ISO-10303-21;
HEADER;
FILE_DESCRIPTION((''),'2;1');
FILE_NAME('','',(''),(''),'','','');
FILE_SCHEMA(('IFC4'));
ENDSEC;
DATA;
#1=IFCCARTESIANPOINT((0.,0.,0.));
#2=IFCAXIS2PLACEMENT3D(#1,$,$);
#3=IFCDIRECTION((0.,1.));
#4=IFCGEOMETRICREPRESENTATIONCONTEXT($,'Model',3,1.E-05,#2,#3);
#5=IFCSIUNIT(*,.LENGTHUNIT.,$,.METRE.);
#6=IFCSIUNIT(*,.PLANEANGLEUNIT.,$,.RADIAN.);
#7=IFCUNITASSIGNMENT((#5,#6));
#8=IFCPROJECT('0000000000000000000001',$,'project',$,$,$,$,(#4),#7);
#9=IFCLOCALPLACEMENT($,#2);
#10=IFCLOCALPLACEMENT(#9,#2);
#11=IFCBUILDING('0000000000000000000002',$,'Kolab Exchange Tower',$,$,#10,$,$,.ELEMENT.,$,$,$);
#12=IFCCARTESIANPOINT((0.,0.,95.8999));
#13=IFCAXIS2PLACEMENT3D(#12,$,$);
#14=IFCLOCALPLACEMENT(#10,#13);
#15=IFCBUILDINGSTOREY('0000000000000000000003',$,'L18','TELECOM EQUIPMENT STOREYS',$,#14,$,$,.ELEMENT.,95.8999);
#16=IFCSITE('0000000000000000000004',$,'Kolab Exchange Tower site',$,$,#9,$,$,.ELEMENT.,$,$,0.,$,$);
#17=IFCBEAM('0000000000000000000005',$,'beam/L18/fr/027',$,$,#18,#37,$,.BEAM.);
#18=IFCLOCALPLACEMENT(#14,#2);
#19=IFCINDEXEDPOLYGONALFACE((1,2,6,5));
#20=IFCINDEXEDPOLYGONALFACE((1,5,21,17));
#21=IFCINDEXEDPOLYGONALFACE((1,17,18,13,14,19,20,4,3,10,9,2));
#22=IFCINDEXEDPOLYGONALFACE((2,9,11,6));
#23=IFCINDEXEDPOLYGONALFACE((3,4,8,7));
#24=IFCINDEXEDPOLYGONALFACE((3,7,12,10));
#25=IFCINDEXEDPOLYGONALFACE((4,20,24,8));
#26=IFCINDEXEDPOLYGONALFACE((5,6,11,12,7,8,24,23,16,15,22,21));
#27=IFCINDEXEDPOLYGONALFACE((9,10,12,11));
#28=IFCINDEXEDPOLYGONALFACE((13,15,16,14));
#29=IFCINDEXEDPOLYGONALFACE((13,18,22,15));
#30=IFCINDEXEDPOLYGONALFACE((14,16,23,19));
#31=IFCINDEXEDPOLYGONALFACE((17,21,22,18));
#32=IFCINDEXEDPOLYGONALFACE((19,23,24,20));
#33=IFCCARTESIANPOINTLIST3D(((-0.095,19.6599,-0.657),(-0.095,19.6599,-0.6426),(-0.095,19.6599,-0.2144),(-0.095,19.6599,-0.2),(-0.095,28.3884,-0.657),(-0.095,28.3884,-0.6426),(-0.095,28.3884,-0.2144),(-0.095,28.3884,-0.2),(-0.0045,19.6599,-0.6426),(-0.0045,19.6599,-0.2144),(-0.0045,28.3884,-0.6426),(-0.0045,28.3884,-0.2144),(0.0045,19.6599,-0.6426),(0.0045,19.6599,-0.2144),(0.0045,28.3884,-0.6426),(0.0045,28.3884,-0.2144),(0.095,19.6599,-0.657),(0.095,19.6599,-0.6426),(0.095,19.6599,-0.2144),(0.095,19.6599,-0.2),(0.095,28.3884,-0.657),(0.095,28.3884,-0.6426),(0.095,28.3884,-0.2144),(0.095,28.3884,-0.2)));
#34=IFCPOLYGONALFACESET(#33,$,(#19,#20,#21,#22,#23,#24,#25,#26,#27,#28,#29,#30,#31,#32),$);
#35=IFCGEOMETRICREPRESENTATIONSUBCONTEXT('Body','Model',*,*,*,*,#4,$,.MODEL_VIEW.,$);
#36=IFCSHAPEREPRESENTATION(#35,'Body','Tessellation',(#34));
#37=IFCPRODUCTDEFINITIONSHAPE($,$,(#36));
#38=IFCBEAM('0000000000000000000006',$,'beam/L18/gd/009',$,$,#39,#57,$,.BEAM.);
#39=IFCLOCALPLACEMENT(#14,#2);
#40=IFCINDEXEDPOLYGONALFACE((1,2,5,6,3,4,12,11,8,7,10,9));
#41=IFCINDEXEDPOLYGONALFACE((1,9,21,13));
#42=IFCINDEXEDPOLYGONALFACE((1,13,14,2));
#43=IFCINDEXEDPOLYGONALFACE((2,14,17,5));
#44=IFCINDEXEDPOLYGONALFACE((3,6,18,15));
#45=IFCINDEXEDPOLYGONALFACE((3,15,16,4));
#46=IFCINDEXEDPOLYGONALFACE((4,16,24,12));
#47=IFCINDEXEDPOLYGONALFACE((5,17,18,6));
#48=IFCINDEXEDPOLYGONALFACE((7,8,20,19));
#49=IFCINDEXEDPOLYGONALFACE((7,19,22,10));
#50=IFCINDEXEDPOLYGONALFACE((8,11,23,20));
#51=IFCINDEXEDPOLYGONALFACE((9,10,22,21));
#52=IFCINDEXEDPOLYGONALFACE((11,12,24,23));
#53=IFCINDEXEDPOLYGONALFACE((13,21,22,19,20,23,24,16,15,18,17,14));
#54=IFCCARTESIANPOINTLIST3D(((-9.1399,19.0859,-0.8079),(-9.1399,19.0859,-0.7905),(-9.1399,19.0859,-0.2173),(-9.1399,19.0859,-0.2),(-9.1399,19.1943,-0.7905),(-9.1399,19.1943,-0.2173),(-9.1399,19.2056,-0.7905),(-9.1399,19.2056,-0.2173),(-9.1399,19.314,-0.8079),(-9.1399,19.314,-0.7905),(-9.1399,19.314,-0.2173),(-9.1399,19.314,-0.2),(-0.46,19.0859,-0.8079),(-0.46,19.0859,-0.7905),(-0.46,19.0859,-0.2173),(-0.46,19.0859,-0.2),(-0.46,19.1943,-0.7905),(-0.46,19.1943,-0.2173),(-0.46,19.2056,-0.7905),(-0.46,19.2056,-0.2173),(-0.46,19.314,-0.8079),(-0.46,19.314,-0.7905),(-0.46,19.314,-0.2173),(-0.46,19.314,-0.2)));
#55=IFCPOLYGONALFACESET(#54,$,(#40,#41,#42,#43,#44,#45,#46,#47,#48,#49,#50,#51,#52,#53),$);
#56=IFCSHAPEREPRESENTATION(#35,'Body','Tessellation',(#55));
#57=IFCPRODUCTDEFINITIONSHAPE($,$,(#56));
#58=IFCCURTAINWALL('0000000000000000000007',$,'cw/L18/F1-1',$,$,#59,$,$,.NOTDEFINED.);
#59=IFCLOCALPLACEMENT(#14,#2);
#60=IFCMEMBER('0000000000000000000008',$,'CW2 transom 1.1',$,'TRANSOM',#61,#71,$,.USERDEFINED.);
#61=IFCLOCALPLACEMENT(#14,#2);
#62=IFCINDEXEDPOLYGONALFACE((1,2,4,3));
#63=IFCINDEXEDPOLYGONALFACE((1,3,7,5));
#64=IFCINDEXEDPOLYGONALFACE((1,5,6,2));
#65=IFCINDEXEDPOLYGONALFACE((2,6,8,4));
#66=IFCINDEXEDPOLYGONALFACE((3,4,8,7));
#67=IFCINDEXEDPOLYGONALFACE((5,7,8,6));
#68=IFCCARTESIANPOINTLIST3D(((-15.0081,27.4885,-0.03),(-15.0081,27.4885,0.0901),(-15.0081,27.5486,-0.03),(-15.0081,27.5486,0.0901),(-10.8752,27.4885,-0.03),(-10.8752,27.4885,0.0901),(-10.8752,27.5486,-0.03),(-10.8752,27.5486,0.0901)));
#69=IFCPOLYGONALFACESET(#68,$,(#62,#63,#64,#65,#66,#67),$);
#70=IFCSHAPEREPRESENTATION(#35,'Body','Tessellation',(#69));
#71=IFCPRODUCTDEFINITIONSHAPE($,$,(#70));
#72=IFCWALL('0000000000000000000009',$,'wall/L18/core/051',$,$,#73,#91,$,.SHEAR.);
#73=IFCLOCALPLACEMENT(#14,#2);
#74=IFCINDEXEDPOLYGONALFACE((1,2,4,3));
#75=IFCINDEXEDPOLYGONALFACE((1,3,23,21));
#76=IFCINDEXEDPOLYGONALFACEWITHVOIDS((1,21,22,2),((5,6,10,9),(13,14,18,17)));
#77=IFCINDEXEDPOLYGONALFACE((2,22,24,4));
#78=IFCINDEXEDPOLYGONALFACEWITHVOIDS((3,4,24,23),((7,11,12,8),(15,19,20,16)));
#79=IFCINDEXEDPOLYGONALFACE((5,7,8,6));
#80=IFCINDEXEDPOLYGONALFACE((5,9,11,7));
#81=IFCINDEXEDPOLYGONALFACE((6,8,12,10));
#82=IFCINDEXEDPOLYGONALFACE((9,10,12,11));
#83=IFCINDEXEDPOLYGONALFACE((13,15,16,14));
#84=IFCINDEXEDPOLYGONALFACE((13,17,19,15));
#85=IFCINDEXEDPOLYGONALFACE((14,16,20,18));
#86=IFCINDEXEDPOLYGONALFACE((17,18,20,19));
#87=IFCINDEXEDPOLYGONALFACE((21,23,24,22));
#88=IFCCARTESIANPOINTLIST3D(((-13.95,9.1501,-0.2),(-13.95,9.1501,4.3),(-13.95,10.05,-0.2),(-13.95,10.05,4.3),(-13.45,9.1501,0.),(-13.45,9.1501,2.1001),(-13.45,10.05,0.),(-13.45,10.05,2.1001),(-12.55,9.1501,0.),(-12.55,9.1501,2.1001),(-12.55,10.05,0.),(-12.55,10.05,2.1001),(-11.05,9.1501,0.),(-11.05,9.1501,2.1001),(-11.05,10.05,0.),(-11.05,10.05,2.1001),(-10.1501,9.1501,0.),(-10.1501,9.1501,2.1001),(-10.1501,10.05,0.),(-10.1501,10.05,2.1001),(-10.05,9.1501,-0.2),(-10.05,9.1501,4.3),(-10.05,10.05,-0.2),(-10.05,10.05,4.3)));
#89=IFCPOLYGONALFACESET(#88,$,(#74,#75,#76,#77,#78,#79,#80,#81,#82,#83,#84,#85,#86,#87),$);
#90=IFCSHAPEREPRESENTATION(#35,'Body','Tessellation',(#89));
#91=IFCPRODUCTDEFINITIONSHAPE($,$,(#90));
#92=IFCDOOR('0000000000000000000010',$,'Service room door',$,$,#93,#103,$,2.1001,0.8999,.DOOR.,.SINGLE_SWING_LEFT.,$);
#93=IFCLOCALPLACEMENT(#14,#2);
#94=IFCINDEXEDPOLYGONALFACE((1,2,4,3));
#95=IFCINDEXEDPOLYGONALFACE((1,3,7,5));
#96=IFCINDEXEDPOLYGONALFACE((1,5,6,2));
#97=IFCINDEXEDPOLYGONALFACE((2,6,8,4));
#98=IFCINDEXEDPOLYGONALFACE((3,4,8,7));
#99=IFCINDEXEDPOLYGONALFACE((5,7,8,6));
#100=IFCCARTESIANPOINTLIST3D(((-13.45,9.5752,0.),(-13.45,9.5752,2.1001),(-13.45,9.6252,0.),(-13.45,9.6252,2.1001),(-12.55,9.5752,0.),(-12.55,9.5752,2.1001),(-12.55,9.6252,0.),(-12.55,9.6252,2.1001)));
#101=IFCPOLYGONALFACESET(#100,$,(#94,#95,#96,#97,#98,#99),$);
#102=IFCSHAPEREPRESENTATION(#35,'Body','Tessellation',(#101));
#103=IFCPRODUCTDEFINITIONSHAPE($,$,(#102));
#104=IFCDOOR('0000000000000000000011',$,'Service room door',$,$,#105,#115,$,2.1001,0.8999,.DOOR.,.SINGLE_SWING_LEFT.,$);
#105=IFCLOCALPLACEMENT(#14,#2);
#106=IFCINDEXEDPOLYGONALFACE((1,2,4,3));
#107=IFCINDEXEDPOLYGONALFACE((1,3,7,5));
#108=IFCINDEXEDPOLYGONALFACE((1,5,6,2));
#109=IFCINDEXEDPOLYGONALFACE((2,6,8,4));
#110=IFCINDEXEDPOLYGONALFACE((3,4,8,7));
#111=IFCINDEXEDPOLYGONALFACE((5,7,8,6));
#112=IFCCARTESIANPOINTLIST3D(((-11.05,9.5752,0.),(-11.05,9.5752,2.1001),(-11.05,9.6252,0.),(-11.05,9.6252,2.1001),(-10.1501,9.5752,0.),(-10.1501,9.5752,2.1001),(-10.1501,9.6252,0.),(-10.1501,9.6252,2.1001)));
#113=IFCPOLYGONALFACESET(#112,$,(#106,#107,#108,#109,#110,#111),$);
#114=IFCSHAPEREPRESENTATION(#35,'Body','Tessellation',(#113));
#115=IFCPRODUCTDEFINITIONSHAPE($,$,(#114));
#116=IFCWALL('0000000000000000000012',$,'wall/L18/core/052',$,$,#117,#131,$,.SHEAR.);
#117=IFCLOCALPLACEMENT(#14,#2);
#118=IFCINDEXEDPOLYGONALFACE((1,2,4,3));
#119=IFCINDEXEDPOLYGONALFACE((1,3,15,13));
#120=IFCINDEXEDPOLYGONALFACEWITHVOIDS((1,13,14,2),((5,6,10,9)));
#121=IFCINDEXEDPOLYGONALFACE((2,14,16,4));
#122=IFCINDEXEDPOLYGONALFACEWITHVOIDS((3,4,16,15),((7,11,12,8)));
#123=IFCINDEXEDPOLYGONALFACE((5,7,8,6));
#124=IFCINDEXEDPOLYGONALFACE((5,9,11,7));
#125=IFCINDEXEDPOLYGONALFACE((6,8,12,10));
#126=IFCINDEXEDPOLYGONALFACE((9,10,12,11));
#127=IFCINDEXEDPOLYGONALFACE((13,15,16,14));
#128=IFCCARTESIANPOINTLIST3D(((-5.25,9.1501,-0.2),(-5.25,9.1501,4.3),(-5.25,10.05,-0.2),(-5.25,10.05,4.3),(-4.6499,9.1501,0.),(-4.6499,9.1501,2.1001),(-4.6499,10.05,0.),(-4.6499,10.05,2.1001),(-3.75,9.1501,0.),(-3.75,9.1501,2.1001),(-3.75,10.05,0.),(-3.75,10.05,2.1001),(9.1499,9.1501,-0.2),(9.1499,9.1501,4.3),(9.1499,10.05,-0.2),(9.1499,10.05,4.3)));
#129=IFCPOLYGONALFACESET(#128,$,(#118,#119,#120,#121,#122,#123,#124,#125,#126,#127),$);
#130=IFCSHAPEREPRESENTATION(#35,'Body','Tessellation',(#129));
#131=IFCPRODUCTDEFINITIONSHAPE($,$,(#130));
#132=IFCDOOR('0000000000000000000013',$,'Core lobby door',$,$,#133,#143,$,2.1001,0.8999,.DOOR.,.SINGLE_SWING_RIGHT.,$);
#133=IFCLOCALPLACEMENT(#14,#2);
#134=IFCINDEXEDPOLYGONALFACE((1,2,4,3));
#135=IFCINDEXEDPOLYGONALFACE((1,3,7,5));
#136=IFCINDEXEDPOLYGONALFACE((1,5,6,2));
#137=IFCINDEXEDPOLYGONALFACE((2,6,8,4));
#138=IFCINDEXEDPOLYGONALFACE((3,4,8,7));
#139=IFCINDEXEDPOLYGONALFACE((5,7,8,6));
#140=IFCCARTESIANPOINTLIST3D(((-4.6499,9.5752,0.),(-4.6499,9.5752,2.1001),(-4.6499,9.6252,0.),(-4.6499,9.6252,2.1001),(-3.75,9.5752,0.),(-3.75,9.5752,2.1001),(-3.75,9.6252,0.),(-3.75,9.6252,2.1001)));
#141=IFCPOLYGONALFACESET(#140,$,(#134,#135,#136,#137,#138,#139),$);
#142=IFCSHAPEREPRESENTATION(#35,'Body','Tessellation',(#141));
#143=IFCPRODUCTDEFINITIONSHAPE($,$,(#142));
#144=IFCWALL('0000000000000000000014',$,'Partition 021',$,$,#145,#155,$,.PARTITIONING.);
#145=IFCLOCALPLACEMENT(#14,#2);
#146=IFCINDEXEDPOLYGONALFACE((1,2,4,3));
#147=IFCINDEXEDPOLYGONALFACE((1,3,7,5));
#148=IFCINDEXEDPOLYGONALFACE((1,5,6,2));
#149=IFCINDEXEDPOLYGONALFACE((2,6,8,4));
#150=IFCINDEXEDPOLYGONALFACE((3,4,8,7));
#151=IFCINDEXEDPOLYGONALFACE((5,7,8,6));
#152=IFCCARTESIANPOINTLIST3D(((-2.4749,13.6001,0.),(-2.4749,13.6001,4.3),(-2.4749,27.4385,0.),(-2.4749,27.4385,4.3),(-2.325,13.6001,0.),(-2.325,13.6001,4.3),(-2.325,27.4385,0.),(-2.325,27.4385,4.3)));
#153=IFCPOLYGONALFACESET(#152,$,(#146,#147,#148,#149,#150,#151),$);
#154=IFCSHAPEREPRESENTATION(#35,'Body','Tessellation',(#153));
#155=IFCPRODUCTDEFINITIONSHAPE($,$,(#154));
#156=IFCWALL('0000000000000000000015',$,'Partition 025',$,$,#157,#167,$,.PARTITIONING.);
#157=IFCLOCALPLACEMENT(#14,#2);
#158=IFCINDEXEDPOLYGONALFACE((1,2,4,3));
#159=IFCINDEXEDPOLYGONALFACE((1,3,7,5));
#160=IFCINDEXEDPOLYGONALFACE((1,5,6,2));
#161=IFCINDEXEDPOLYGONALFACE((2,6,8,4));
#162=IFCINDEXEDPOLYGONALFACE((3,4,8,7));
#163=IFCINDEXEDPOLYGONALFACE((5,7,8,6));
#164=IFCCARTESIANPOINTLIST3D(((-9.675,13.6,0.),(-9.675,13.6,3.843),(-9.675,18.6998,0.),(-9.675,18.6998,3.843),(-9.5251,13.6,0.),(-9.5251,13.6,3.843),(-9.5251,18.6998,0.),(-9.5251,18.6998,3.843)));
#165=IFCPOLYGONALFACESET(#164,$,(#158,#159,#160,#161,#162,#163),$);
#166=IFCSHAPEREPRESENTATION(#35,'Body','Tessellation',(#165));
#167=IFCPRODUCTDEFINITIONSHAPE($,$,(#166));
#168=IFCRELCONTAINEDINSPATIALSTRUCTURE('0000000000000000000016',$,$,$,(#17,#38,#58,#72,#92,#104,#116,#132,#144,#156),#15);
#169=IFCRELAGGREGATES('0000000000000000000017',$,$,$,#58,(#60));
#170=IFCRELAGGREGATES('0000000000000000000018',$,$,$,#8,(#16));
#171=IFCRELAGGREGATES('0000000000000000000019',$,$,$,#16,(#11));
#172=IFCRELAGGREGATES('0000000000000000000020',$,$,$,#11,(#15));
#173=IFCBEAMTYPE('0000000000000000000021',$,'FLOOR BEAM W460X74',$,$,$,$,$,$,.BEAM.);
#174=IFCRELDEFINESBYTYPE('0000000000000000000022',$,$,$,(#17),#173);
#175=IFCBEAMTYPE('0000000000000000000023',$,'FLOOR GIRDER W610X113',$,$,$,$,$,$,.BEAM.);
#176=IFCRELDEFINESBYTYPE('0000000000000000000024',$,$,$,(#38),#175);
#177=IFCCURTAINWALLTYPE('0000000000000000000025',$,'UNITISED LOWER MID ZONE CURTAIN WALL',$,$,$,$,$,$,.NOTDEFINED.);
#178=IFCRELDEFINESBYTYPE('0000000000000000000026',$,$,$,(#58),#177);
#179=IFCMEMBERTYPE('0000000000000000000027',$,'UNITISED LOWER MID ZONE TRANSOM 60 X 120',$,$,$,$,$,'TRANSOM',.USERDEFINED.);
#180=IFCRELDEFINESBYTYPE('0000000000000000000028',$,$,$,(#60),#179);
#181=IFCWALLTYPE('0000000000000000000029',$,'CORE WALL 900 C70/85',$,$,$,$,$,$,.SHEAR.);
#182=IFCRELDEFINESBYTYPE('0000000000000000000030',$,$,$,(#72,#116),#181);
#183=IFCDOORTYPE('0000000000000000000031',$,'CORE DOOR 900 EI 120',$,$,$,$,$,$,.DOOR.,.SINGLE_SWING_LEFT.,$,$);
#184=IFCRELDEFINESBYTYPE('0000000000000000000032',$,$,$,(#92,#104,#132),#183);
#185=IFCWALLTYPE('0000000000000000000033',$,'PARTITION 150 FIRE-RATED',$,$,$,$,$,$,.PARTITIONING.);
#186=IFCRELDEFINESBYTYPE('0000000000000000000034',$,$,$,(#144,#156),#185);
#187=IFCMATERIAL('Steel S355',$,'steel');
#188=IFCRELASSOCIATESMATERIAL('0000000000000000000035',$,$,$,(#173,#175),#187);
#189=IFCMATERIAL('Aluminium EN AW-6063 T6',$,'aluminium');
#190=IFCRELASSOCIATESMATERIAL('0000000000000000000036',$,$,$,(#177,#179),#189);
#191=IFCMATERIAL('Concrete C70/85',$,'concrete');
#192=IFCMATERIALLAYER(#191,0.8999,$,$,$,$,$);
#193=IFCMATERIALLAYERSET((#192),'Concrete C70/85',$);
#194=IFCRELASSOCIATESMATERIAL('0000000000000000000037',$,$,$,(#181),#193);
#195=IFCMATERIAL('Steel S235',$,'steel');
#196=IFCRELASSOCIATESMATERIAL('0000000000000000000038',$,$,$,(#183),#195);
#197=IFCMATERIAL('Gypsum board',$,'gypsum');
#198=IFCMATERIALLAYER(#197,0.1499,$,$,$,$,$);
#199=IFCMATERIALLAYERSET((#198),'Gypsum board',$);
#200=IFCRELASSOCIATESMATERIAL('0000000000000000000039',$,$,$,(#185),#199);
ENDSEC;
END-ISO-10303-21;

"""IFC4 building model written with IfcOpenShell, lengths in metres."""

from ifc_helpers import new_model, si_unit, direction, frame, frame_2d, origin, origin_2d, place, context, subcontext, project, spatial, rectangle, i_section, extrude, material, layer, layer_set, material_profile, profile_set, type_object, element, fill, aggregate, save


model = new_model("IFC4")

# Units and contexts
model_context = context("Model", 3, precision=1e-05, world=origin(), true_north=direction((0.0, 1.0)))
body_context = subcontext(model_context, "Body", "Model", "MODEL_VIEW")
ifc_project = project(units=[si_unit("LENGTHUNIT", "METRE"), si_unit("PLANEANGLEUNIT", "RADIAN")], contexts=[model_context])

# Site, building, storey
site_placement = place(None, origin())
site = spatial("IfcSite", under=ifc_project, at=site_placement, Name="Kolab Exchange Tower site", CompositionType="ELEMENT", RefElevation=0.0)
building_placement = place(site_placement, origin())
building = spatial("IfcBuilding", under=site, at=building_placement, Name="Kolab Exchange Tower", CompositionType="ELEMENT")
storey_placement = place(building_placement, frame((0.0, 0.0, 95.8999)))
storey = spatial("IfcBuildingStorey", under=building, at=storey_placement, Name="L18", Description="TELECOM EQUIPMENT STOREYS", CompositionType="ELEMENT", Elevation=95.8999)

# Shared definitions
ifc_material_1 = material(Name="Concrete C70/85", Category="concrete")

# Beams
ifc_material_2 = material(Name="Steel S355", Category="steel")
ifc_material_profile_1 = material_profile(ifc_material_2, i_section(OverallWidth=0.1899, OverallDepth=0.457, WebThickness=0.009, FlangeThickness=0.0144, at=origin_2d()), Name="W460X74")
ifc_profile_set_1 = profile_set([ifc_material_profile_1], Name="Steel S355")
beam_type_1 = type_object("IfcBeamType", Name="FLOOR BEAM W460X74", PredefinedType="BEAM", material=ifc_profile_set_1)
beam_1_placement = place(storey_placement, frame((0.0, 19.6599, -0.4285), z_axis=(0.0, 1.0, 0.0), x_axis=(-1.0, 0.0, 0.0)))
element("IfcBeam", 1, at=beam_1_placement, inside=storey, type_object=beam_type_1, Name="beam/L18/fr/027", PredefinedType="BEAM", context=body_context, shape_type="SweptSolid", body=[
    extrude(i_section(OverallWidth=0.1899, OverallDepth=0.457, WebThickness=0.009, FlangeThickness=0.0144, at=origin_2d()), origin(), (0.0, 0.0, 1.0), 8.7285),
])
ifc_material_profile_2 = material_profile(ifc_material_2, i_section(OverallWidth=0.228, OverallDepth=0.6079, WebThickness=0.0112, FlangeThickness=0.0173, at=origin_2d()), Name="W610X113")
ifc_profile_set_2 = profile_set([ifc_material_profile_2], Name="Steel S355")
beam_type_2 = type_object("IfcBeamType", Name="FLOOR GIRDER W610X113", PredefinedType="BEAM", material=ifc_profile_set_2)
beam_2_placement = place(storey_placement, frame((-9.1399, 19.2, -0.5039), z_axis=(1.0, 0.0, 0.0), x_axis=(0.0, 1.0, 0.0)))
element("IfcBeam", 2, at=beam_2_placement, inside=storey, type_object=beam_type_2, Name="beam/L18/gd/009", PredefinedType="BEAM", context=body_context, shape_type="SweptSolid", body=[
    extrude(i_section(OverallWidth=0.228, OverallDepth=0.6079, WebThickness=0.0112, FlangeThickness=0.0173, at=origin_2d()), origin(), (0.0, 0.0, 1.0), 8.6799),
])

# Curtain wall, member
ifc_material_3 = material(Name="Aluminium EN AW-6063 T6", Category="aluminium")
curtain_wall_type = type_object("IfcCurtainWallType", Name="UNITISED LOWER MID ZONE CURTAIN WALL", PredefinedType="NOTDEFINED", material=ifc_material_3)
curtain_wall_placement = place(storey_placement, origin())
curtain_wall = element("IfcCurtainWall", 3, at=curtain_wall_placement, inside=storey, type_object=curtain_wall_type, Name="cw/L18/F1-1", PredefinedType="NOTDEFINED")
ifc_material_profile_3 = material_profile(ifc_material_3, rectangle(XDim=0.0601, YDim=0.1201, at=origin_2d()), Name="RECT 60X120")
ifc_profile_set_3 = profile_set([ifc_material_profile_3], Name="Aluminium EN AW-6063 T6")
member_type = type_object("IfcMemberType", Name="UNITISED LOWER MID ZONE TRANSOM 60 X 120", ElementType="TRANSOM", PredefinedType="USERDEFINED", material=ifc_profile_set_3)
member_placement = place(storey_placement, frame((-15.0081, 27.5186, 0.03), z_axis=(1.0, 0.0, 0.0), x_axis=(0.0, 1.0, 0.0)))
member = element("IfcMember", 4, at=member_placement, type_object=member_type, Name="CW2 transom 1.1", ObjectType="TRANSOM", PredefinedType="USERDEFINED", context=body_context, shape_type="SweptSolid", body=[
    extrude(rectangle(XDim=0.0601, YDim=0.1201, at=origin_2d()), origin(), (0.0, 0.0, 1.0), 4.1328),
])
aggregate(curtain_wall, [member])

# Wall, openings, doors
ifc_layer_1 = layer(ifc_material_1, 0.8999)
ifc_layer_set_1 = layer_set([ifc_layer_1], Name="Concrete C70/85")
wall_type_1 = type_object("IfcWallType", Name="CORE WALL 900 C70/85", PredefinedType="SHEAR", material=ifc_layer_set_1)
wall_1_placement = place(storey_placement, frame((-13.95, 9.6001, -0.2), z_axis=(0.0, 0.0, 1.0), x_axis=(1.0, 0.0, 0.0)))
wall_1 = element("IfcWall", 5, at=wall_1_placement, inside=storey, type_object=wall_type_1, Name="wall/L18/core/051", PredefinedType="SHEAR", context=body_context, shape_type="SweptSolid", body=[
    extrude(rectangle(XDim=3.8999, YDim=0.8999, at=frame_2d((1.95, 0.0))), origin(), (0.0, 0.0, 1.0), 4.5),
])
opening_1_placement = place(wall_1_placement, frame((0.5, 0.0, 0.2)))
opening_1 = element("IfcOpeningElement", 6, at=opening_1_placement, cuts=wall_1, PredefinedType="OPENING", context=body_context, shape_type="SweptSolid", body=[
    extrude(rectangle(XDim=0.8999, YDim=2.1001, at=frame_2d((0.45, 1.05))), frame((0.0, 0.46, 0.0), z_axis=(0.0, -1.0, 0.0), x_axis=(1.0, 0.0, 0.0)), (0.0, 0.0, 1.0), 0.9199),
])
opening_2_placement = place(wall_1_placement, frame((2.8999, 0.0, 0.2)))
opening_2 = element("IfcOpeningElement", 7, at=opening_2_placement, cuts=wall_1, PredefinedType="OPENING", context=body_context, shape_type="SweptSolid", body=[
    extrude(rectangle(XDim=0.8999, YDim=2.1001, at=frame_2d((0.45, 1.05))), frame((0.0, 0.46, 0.0), z_axis=(0.0, -1.0, 0.0), x_axis=(1.0, 0.0, 0.0)), (0.0, 0.0, 1.0), 0.9199),
])
ifc_material_4 = material(Name="Steel S235", Category="steel")
door_type = type_object("IfcDoorType", Name="CORE DOOR 900 EI 120", OperationType="SINGLE_SWING_LEFT", PredefinedType="DOOR", material=ifc_material_4)
door_1_placement = place(opening_1_placement, frame((0.8999, 0.0, 0.0), z_axis=(0.0, 0.0, 1.0), x_axis=(-1.0, 0.0, 0.0)))
door_1 = element("IfcDoor", 8, at=door_1_placement, inside=storey, type_object=door_type, Name="Service room door", OperationType="SINGLE_SWING_LEFT", OverallHeight=2.1001, OverallWidth=0.8999, PredefinedType="DOOR", context=body_context, shape_type="SweptSolid", body=[
    extrude(rectangle(XDim=0.8999, YDim=2.1001, at=frame_2d((0.45, 1.05))), frame((0.0, 0.0249, 0.0), z_axis=(0.0, -1.0, 0.0), x_axis=(1.0, 0.0, 0.0)), (0.0, 0.0, 1.0), 0.05),
])
fill(opening_1, door_1)
door_2_placement = place(opening_2_placement, frame((0.8999, 0.0, 0.0), z_axis=(0.0, 0.0, 1.0), x_axis=(-1.0, 0.0, 0.0)))
door_2 = element("IfcDoor", 9, at=door_2_placement, inside=storey, type_object=door_type, Name="Service room door", OperationType="SINGLE_SWING_LEFT", OverallHeight=2.1001, OverallWidth=0.8999, PredefinedType="DOOR", context=body_context, shape_type="SweptSolid", body=[
    extrude(rectangle(XDim=0.8999, YDim=2.1001, at=frame_2d((0.45, 1.05))), frame((0.0, 0.0249, 0.0), z_axis=(0.0, -1.0, 0.0), x_axis=(1.0, 0.0, 0.0)), (0.0, 0.0, 1.0), 0.05),
])
fill(opening_2, door_2)

# Wall, opening, door
wall_2_placement = place(storey_placement, frame((-5.25, 9.6001, -0.2), z_axis=(0.0, 0.0, 1.0), x_axis=(1.0, 0.0, 0.0)))
wall_2 = element("IfcWall", 10, at=wall_2_placement, inside=storey, type_object=wall_type_1, Name="wall/L18/core/052", PredefinedType="SHEAR", context=body_context, shape_type="SweptSolid", body=[
    extrude(rectangle(XDim=14.3999, YDim=0.8999, at=frame_2d((7.2, 0.0))), origin(), (0.0, 0.0, 1.0), 4.5),
])
opening_3_placement = place(wall_2_placement, frame((0.6001, 0.0, 0.2)))
opening_3 = element("IfcOpeningElement", 11, at=opening_3_placement, cuts=wall_2, PredefinedType="OPENING", context=body_context, shape_type="SweptSolid", body=[
    extrude(rectangle(XDim=0.8999, YDim=2.1001, at=frame_2d((0.45, 1.05))), frame((0.0, 0.46, 0.0), z_axis=(0.0, -1.0, 0.0), x_axis=(1.0, 0.0, 0.0)), (0.0, 0.0, 1.0), 0.9199),
])
door_3_placement = place(opening_3_placement, frame((0.8999, 0.0, 0.0), z_axis=(0.0, 0.0, 1.0), x_axis=(-1.0, 0.0, 0.0)))
door_3 = element("IfcDoor", 12, at=door_3_placement, inside=storey, type_object=door_type, Name="Core lobby door", OperationType="SINGLE_SWING_RIGHT", OverallHeight=2.1001, OverallWidth=0.8999, PredefinedType="DOOR", context=body_context, shape_type="SweptSolid", body=[
    extrude(rectangle(XDim=0.8999, YDim=2.1001, at=frame_2d((0.45, 1.05))), frame((0.0, 0.0249, 0.0), z_axis=(0.0, -1.0, 0.0), x_axis=(1.0, 0.0, 0.0)), (0.0, 0.0, 1.0), 0.05),
])
fill(opening_3, door_3)

# Walls
ifc_material_5 = material(Name="Gypsum board", Category="gypsum")
ifc_layer_2 = layer(ifc_material_5, 0.1499)
ifc_layer_set_2 = layer_set([ifc_layer_2], Name="Gypsum board")
wall_type_2 = type_object("IfcWallType", Name="PARTITION 150 FIRE-RATED", PredefinedType="PARTITIONING", material=ifc_layer_set_2)
wall_3_placement = place(storey_placement, frame((-2.3999, 13.6001, 0.0), z_axis=(0.0, 0.0, 1.0), x_axis=(0.0, 1.0, 0.0)))
element("IfcWall", 13, at=wall_3_placement, inside=storey, type_object=wall_type_2, Name="Partition 021", PredefinedType="PARTITIONING", context=body_context, shape_type="SweptSolid", body=[
    extrude(rectangle(XDim=13.8384, YDim=0.1499, at=frame_2d((6.9192, 0.0))), origin(), (0.0, 0.0, 1.0), 4.3),
])
wall_4_placement = place(storey_placement, frame((-9.6001, 13.6001, 0.0), z_axis=(0.0, 0.0, 1.0), x_axis=(0.0, 1.0, 0.0)))
element("IfcWall", 14, at=wall_4_placement, inside=storey, type_object=wall_type_2, Name="Partition 025", PredefinedType="PARTITIONING", context=body_context, shape_type="SweptSolid", body=[
    extrude(rectangle(XDim=5.0999, YDim=0.1499, at=frame_2d((2.5498, 0.0))), origin(), (0.0, 0.0, 1.0), 3.843),
])

save(model, "model.ifc")
